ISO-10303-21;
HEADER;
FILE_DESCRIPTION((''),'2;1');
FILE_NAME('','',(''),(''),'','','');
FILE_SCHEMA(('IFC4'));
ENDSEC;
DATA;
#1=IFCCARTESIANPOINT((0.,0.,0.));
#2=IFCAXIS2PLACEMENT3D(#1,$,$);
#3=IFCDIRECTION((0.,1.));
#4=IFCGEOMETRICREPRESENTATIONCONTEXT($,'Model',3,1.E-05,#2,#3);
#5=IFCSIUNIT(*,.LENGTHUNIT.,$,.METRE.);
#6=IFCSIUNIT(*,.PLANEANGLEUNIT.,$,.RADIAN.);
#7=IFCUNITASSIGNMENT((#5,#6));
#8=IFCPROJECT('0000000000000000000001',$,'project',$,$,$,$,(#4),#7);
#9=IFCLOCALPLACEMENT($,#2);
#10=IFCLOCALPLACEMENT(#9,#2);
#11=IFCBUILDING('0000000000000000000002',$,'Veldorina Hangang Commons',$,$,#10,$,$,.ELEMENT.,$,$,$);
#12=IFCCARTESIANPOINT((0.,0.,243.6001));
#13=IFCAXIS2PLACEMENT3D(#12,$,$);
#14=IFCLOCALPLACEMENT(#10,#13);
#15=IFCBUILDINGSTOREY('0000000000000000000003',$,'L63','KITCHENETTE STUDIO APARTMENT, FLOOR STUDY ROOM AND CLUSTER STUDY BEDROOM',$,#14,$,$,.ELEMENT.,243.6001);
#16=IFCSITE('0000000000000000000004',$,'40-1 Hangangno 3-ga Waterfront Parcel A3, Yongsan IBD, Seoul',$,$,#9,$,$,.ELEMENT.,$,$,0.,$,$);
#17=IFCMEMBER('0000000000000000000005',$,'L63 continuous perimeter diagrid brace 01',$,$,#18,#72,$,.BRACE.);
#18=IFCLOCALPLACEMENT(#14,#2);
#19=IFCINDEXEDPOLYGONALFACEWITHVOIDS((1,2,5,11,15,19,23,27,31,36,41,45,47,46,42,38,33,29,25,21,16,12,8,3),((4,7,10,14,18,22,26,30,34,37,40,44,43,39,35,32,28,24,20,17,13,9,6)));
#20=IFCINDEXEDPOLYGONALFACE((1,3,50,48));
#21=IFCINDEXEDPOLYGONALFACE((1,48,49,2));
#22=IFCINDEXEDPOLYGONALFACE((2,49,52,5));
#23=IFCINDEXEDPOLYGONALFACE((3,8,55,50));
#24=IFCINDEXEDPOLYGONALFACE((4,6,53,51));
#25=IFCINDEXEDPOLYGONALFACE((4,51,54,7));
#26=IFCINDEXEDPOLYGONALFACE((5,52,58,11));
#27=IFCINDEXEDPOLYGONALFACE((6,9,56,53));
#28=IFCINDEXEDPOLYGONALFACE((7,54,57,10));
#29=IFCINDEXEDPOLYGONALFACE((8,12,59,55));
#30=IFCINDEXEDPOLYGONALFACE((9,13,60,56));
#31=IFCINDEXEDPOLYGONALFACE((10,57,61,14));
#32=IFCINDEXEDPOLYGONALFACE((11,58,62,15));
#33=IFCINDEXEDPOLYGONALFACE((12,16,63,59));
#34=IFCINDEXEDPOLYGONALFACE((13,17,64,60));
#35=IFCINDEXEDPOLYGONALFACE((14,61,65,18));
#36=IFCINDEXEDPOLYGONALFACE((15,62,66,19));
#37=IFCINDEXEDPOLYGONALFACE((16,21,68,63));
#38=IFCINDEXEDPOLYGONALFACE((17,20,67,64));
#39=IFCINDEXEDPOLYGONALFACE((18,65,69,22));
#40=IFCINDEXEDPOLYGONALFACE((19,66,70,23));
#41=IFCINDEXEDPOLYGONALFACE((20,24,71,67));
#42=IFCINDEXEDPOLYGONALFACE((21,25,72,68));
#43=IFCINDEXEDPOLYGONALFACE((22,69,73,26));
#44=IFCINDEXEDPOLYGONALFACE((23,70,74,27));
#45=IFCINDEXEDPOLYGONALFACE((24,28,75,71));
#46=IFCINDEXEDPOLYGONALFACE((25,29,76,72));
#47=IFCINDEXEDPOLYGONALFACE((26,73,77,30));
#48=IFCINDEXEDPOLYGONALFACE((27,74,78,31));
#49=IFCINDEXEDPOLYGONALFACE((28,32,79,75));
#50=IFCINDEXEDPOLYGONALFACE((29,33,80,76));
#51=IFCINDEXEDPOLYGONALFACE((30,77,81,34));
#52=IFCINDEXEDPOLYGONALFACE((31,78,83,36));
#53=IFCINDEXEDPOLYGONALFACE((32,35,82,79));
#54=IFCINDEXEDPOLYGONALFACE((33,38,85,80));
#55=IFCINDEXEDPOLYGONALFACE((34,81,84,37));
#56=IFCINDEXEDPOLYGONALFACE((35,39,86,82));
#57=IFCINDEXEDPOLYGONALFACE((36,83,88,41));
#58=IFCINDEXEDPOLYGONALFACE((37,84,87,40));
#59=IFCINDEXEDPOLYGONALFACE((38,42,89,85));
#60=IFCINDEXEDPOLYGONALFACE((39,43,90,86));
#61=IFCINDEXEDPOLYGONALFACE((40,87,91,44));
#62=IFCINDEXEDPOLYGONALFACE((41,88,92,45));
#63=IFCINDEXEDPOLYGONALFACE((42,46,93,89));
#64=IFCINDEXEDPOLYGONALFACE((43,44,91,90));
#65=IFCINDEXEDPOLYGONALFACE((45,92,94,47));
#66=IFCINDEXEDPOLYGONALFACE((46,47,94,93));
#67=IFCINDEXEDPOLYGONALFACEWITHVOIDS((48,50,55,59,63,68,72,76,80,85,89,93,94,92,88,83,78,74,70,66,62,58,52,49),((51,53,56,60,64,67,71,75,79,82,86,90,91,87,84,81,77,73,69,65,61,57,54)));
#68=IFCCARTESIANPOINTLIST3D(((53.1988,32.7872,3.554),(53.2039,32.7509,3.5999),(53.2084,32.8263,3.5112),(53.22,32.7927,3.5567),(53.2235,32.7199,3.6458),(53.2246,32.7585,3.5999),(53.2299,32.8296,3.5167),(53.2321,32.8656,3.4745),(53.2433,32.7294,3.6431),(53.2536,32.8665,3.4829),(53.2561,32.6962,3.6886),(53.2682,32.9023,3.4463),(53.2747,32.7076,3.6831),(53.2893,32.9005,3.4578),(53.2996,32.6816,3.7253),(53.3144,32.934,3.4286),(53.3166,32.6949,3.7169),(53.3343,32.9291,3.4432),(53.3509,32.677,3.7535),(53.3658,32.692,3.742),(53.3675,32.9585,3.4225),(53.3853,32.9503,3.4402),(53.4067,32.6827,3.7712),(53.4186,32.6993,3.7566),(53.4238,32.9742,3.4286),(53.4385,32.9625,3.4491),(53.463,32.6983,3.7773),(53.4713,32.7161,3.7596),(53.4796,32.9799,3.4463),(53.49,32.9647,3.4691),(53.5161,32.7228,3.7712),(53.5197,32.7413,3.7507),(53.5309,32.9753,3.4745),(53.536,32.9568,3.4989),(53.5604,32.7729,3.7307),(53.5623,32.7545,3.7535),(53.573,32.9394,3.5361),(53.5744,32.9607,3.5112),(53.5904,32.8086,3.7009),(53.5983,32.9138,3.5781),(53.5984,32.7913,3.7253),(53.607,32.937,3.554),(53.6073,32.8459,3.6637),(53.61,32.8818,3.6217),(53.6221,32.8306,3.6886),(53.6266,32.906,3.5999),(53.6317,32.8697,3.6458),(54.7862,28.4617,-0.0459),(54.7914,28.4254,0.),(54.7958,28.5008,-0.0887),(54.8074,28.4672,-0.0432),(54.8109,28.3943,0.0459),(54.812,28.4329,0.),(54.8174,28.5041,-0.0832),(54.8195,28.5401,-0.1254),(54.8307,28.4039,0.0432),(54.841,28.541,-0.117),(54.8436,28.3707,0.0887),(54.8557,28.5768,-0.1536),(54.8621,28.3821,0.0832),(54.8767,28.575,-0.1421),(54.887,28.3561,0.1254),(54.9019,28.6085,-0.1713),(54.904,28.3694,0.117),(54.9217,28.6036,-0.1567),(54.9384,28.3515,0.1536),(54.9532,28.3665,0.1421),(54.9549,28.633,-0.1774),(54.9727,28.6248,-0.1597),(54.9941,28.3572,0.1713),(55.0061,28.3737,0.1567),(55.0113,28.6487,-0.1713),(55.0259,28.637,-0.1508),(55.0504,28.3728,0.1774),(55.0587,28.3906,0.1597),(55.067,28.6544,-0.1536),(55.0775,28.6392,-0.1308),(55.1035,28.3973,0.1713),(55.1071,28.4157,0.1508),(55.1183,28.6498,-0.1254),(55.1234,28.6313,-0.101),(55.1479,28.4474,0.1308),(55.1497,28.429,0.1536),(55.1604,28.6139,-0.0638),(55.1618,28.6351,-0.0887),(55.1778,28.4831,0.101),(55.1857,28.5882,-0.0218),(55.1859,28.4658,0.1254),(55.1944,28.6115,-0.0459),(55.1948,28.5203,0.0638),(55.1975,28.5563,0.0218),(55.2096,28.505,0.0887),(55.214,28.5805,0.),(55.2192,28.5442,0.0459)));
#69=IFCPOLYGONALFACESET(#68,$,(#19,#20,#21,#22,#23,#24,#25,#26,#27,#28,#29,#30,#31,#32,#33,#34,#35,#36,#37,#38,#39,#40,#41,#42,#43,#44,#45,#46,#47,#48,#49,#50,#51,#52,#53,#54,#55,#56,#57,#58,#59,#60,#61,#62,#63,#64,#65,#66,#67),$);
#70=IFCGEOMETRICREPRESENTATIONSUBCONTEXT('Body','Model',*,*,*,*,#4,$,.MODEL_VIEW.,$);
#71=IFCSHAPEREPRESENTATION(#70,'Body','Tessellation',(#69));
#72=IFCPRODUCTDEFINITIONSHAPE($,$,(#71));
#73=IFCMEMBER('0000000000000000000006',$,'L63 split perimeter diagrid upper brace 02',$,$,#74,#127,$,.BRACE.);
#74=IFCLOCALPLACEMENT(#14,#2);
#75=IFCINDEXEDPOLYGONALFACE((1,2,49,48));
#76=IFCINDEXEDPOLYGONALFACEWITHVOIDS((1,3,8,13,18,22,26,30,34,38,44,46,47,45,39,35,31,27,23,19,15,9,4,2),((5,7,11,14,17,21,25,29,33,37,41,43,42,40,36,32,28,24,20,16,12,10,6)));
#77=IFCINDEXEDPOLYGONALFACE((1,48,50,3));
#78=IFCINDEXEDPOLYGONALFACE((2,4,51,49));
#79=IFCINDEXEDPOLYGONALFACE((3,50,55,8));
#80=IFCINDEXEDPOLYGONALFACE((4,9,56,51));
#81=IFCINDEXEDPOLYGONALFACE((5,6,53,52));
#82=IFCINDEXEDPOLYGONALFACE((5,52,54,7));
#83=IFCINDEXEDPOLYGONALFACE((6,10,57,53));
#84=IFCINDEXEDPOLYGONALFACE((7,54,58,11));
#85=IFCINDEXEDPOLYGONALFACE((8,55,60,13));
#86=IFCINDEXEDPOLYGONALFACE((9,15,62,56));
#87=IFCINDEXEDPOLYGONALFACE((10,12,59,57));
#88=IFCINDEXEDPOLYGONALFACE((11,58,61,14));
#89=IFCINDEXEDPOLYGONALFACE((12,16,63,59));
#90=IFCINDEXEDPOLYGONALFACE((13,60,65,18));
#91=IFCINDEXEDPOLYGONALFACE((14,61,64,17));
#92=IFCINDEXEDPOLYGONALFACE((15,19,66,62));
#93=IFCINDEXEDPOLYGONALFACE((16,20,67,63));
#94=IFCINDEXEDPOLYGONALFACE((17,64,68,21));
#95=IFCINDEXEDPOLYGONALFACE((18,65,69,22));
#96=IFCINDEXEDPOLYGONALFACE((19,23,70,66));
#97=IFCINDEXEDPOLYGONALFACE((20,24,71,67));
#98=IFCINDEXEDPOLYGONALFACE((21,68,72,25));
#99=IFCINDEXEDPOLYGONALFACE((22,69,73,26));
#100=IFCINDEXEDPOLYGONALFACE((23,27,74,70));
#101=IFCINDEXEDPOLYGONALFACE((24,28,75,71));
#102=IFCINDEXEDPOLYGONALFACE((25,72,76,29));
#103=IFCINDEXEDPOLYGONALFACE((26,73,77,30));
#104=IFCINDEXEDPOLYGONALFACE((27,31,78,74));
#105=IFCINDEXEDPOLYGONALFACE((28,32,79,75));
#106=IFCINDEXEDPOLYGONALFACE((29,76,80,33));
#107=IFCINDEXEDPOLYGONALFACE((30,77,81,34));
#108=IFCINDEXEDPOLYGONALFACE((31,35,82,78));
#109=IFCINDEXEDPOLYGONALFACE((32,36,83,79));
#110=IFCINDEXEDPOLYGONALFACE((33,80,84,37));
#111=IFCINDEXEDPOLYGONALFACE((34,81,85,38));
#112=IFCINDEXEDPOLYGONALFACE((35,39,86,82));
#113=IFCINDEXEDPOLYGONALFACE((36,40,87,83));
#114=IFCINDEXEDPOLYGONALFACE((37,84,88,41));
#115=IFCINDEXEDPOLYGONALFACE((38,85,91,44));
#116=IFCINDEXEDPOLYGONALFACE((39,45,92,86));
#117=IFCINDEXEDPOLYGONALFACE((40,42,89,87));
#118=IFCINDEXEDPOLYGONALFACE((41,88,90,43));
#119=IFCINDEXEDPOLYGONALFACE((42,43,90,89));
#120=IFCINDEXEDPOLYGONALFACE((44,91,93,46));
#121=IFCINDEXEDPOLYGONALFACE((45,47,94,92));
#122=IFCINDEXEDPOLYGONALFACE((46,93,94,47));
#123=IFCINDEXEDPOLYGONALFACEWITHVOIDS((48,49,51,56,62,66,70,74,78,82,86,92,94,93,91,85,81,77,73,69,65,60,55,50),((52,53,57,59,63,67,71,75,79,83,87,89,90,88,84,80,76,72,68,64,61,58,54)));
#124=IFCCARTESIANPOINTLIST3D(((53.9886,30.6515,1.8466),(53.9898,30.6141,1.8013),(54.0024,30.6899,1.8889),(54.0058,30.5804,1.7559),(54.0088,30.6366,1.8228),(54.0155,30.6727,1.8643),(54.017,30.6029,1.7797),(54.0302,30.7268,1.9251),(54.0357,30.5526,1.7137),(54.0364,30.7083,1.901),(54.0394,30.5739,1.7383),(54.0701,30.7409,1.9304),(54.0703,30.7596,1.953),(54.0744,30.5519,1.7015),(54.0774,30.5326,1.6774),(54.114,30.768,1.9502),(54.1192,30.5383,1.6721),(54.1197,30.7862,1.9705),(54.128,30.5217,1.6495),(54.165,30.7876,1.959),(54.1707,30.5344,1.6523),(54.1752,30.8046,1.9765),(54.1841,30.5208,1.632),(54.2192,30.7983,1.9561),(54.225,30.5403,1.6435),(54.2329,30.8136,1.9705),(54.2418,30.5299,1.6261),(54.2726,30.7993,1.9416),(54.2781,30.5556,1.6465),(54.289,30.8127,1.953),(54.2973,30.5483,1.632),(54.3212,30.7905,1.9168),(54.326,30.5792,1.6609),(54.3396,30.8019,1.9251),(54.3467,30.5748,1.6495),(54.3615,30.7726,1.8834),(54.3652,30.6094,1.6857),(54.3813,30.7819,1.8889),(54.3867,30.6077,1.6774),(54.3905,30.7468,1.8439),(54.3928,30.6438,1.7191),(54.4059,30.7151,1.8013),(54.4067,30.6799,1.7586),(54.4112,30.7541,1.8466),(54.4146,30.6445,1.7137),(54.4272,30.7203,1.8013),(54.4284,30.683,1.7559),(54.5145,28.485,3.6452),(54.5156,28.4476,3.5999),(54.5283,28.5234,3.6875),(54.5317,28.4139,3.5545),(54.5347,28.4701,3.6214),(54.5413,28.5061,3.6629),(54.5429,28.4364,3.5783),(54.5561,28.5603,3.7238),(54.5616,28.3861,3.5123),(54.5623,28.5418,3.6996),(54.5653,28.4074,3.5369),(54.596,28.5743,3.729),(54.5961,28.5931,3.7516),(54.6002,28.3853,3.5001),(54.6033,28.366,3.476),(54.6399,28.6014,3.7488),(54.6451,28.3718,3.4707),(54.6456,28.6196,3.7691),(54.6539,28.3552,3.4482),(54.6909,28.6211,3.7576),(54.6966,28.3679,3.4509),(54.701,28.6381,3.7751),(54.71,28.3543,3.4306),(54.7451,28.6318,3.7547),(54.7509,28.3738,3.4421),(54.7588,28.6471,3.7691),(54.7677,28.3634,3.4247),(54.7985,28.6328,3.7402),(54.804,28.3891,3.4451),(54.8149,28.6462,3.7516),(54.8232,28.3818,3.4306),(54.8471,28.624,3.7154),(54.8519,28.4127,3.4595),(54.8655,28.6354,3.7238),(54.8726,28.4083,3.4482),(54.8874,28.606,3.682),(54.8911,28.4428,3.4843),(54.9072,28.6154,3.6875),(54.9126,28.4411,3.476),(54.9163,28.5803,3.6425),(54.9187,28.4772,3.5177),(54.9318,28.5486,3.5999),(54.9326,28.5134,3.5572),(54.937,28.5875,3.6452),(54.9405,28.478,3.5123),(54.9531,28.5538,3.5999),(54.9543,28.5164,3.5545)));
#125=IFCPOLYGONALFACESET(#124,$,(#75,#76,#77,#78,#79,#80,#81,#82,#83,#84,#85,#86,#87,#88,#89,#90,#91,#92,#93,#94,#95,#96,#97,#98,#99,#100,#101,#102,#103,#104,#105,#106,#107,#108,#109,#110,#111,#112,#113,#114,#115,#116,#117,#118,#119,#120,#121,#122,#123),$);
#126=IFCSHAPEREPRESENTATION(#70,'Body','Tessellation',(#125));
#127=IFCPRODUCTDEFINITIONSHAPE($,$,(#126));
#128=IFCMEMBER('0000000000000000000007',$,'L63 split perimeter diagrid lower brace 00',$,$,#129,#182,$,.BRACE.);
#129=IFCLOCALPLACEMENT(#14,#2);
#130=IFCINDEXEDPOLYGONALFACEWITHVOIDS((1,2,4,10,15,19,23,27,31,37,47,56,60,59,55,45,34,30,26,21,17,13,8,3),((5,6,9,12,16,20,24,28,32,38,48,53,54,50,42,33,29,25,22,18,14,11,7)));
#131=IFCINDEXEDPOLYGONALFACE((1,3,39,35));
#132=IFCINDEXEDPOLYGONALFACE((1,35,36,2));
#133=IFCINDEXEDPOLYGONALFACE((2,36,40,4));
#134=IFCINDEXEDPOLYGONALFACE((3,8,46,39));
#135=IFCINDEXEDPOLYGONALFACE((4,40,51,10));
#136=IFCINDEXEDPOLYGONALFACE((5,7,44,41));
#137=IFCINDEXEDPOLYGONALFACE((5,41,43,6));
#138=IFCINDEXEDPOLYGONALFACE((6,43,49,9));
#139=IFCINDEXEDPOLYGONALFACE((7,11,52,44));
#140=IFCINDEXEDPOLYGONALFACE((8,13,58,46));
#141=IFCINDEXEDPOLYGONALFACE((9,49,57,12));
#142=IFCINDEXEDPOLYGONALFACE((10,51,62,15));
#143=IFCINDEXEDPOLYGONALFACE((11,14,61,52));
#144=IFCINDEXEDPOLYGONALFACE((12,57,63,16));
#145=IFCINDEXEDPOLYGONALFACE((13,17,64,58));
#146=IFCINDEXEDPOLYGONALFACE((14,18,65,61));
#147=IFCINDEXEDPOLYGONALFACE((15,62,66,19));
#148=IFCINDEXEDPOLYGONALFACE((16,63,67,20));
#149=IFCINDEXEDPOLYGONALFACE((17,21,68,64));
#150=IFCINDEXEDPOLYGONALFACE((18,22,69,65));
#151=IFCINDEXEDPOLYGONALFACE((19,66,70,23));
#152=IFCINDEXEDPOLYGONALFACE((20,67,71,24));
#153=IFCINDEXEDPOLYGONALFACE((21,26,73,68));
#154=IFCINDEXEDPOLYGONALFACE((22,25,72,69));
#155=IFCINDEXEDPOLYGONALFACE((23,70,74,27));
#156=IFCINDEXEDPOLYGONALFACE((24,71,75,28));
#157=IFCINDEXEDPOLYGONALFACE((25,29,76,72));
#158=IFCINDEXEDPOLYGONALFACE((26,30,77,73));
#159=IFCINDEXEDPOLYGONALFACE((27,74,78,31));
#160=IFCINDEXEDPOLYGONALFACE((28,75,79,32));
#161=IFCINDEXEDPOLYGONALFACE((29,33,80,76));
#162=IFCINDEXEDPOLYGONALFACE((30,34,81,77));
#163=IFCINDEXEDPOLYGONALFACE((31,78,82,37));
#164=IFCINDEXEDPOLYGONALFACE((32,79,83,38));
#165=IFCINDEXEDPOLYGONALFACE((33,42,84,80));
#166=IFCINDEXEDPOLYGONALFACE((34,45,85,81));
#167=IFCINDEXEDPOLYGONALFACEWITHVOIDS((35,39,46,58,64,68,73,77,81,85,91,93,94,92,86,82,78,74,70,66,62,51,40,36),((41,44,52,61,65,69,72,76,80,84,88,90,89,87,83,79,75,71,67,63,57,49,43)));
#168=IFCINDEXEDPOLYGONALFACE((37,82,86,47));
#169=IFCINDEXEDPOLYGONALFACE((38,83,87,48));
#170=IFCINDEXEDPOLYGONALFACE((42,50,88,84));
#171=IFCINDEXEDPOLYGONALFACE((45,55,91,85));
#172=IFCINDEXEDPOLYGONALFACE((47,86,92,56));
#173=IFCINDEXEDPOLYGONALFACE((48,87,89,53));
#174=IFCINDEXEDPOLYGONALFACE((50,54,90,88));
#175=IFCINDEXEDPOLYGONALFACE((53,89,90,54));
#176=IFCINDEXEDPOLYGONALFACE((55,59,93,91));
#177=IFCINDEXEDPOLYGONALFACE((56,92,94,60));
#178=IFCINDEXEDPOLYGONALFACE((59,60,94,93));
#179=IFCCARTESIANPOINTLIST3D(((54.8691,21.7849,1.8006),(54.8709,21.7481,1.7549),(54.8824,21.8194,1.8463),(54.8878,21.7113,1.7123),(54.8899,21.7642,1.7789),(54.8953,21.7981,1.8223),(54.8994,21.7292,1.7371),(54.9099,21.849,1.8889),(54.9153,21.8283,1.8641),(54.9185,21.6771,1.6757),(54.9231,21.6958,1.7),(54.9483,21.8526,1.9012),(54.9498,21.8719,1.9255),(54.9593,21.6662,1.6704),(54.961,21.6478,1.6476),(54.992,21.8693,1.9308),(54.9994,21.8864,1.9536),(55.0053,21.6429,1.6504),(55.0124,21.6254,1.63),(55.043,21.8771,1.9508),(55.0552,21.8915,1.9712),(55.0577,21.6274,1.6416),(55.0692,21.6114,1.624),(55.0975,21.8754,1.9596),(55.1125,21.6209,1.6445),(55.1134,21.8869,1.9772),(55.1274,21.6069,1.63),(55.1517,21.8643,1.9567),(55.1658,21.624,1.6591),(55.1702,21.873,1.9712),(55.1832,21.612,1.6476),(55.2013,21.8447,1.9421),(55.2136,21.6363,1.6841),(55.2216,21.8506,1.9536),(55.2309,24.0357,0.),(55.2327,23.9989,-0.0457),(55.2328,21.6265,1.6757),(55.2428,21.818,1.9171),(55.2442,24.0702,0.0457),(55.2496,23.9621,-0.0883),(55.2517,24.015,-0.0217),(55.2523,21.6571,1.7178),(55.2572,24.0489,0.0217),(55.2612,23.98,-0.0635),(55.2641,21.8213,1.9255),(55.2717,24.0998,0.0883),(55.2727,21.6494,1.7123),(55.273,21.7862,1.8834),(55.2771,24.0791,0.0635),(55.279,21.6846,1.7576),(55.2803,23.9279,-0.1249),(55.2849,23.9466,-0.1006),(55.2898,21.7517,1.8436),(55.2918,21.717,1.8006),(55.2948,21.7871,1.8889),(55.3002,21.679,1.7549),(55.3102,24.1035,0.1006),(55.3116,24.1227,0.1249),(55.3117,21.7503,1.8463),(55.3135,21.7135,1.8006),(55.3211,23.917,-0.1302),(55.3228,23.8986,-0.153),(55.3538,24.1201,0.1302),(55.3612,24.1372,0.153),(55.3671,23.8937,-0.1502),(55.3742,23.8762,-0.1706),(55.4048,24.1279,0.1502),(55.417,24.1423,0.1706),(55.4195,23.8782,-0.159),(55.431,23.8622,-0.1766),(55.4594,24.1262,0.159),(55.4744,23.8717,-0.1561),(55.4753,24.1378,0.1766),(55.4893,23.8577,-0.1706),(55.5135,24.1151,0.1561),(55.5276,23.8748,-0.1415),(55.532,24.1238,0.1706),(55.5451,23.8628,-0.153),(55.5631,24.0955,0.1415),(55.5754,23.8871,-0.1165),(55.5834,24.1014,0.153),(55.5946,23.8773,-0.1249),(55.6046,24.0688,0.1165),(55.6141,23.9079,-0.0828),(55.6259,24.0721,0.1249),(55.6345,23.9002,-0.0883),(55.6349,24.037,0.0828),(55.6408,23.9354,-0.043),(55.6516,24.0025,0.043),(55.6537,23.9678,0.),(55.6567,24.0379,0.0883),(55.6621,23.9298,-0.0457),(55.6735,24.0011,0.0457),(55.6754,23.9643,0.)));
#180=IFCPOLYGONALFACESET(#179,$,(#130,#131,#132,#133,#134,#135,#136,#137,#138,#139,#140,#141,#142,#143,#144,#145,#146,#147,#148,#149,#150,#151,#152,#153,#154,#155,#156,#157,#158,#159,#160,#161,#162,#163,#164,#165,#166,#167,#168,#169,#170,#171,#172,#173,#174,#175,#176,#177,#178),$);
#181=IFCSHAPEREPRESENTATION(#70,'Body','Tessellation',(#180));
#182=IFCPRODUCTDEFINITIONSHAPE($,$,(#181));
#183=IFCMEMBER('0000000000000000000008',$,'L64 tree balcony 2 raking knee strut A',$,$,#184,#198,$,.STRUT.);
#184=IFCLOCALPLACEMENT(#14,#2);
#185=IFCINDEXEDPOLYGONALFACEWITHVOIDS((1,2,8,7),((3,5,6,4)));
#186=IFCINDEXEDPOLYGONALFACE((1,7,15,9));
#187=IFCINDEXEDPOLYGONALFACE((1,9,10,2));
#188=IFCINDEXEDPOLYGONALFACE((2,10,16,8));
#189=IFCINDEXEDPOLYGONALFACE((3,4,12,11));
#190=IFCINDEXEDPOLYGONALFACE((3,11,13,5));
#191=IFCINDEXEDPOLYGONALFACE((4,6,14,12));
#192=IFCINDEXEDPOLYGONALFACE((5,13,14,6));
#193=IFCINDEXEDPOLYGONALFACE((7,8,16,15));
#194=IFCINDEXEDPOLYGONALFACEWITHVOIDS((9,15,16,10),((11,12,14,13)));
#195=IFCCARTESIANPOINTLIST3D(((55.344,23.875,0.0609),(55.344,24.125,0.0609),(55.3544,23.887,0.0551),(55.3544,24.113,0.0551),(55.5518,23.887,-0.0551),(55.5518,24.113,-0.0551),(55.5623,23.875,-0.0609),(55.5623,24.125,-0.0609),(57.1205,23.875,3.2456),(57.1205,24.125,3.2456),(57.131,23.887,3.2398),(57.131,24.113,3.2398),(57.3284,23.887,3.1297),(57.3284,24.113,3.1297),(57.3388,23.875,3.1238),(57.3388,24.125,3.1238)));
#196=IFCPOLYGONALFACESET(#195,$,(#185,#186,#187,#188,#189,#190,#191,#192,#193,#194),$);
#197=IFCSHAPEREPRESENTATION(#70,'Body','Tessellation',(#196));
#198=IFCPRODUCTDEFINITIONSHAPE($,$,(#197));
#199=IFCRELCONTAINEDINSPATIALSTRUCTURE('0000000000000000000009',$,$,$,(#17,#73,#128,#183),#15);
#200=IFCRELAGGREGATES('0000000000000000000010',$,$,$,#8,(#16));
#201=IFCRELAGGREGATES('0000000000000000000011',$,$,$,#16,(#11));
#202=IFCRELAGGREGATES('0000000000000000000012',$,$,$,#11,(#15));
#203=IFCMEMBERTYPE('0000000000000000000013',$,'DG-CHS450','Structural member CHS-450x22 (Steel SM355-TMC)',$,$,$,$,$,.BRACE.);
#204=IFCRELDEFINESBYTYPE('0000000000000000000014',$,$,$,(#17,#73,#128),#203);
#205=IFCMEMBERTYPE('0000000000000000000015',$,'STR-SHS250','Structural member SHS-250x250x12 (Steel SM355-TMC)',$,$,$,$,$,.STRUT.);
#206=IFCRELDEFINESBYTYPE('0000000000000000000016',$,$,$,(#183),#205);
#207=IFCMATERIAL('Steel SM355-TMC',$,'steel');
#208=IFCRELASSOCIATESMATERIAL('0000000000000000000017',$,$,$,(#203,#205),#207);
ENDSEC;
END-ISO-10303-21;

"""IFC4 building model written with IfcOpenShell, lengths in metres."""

from ifc_helpers import new_model, si_unit, direction, frame, origin, origin_2d, place, context, subcontext, project, spatial, hollow_rectangle, hollow_circle, extrude, material, material_profile, profile_set, type_object, element, save


model = new_model("IFC4")

# Units and contexts
model_context = context("Model", 3, precision=1e-05, world=origin(), true_north=direction((0.0, 1.0)))
body_context = subcontext(model_context, "Body", "Model", "MODEL_VIEW")
ifc_project = project(units=[si_unit("LENGTHUNIT", "METRE"), si_unit("PLANEANGLEUNIT", "RADIAN")], contexts=[model_context])

# Site, building, storey
site_placement = place(None, origin())
site = spatial("IfcSite", under=ifc_project, at=site_placement, Name="40-1 Hangangno 3-ga Waterfront Parcel A3, Yongsan IBD, Seoul", CompositionType="ELEMENT", RefElevation=0.0)
building_placement = place(site_placement, origin())
building = spatial("IfcBuilding", under=site, at=building_placement, Name="Veldorina Hangang Commons", CompositionType="ELEMENT")
storey_placement = place(building_placement, frame((0.0, 0.0, 243.6001)))
storey = spatial("IfcBuildingStorey", under=building, at=storey_placement, Name="L63", Description="KITCHENETTE STUDIO APARTMENT, FLOOR STUDY ROOM AND CLUSTER STUDY BEDROOM", CompositionType="ELEMENT", Elevation=243.6001)

# Shared definitions
ifc_material_1 = material(Name="Steel SM355-TMC", Category="steel")

# Members
ifc_material_profile_1 = material_profile(ifc_material_1, hollow_circle(Radius=0.2251, WallThickness=0.022, at=origin_2d()), Name="CHS-450x22")
ifc_profile_set_1 = profile_set([ifc_material_profile_1], Name="Steel SM355-TMC")
member_type_1 = type_object("IfcMemberType", Name="DG-CHS450", Description="Structural member CHS-450x22 (Steel SM355-TMC)", PredefinedType="BRACE", material=ifc_profile_set_1)
member_1_placement = place(storey_placement, frame((55.0027, 28.5029, 0.0), z_axis=(-0.271487, 0.739762, 0.615668), x_axis=(-0.938778, -0.344524, 0.0)))
element("IfcMember", 1, at=member_1_placement, inside=storey, type_object=member_type_1, Name="L63 continuous perimeter diagrid brace 01", PredefinedType="BRACE", context=body_context, shape_type="SweptSolid", body=[
    extrude(hollow_circle(Radius=0.2251, WallThickness=0.022, at=origin_2d()), origin(), (0.0, 0.0, 1.0), 5.8472),
])
member_2_placement = place(storey_placement, frame((54.2085, 30.6672, 1.8013), z_axis=(0.183587, -0.756337, 0.627894), x_axis=(0.971782, 0.235882, 0.0)))
element("IfcMember", 2, at=member_2_placement, inside=storey, type_object=member_type_1, Name="L63 split perimeter diagrid upper brace 02", PredefinedType="BRACE", context=body_context, shape_type="SweptSolid", body=[
    extrude(hollow_circle(Radius=0.2251, WallThickness=0.022, at=origin_2d()), origin(), (0.0, 0.0, 1.0), 2.8645),
])
member_3_placement = place(storey_placement, frame((55.4531, 24.0, 0.0), z_axis=(-0.124552, -0.774796, 0.61982), x_axis=(0.987324, -0.158717, 0.0)))
element("IfcMember", 3, at=member_3_placement, inside=storey, type_object=member_type_1, Name="L63 split perimeter diagrid lower brace 00", PredefinedType="BRACE", context=body_context, shape_type="SweptSolid", body=[
    extrude(hollow_circle(Radius=0.2251, WallThickness=0.022, at=origin_2d()), origin(), (0.0, 0.0, 1.0), 2.905),
])
ifc_material_profile_2 = material_profile(ifc_material_1, hollow_rectangle(XDim=0.25, YDim=0.25, WallThickness=0.012, at=origin_2d()), Name="SHS-250x250x12")
ifc_profile_set_2 = profile_set([ifc_material_profile_2], Name="Steel SM355-TMC")
member_type_2 = type_object("IfcMemberType", Name="STR-SHS250", Description="Structural member SHS-250x250x12 (Steel SM355-TMC)", PredefinedType="STRUT", material=ifc_profile_set_2)
member_4_placement = place(storey_placement, frame((55.4531, 24.0, 0.0), z_axis=(0.487166, 0.0, 0.87331), x_axis=(0.0, 1.0, 0.0)))
element("IfcMember", 4, at=member_4_placement, inside=storey, type_object=member_type_2, Name="L64 tree balcony 2 raking knee strut A", PredefinedType="STRUT", context=body_context, shape_type="SweptSolid", body=[
    extrude(hollow_rectangle(XDim=0.25, YDim=0.25, WallThickness=0.012, at=origin_2d()), origin(), (0.0, 0.0, 1.0), 3.6467),
])

save(model, "model.ifc")
